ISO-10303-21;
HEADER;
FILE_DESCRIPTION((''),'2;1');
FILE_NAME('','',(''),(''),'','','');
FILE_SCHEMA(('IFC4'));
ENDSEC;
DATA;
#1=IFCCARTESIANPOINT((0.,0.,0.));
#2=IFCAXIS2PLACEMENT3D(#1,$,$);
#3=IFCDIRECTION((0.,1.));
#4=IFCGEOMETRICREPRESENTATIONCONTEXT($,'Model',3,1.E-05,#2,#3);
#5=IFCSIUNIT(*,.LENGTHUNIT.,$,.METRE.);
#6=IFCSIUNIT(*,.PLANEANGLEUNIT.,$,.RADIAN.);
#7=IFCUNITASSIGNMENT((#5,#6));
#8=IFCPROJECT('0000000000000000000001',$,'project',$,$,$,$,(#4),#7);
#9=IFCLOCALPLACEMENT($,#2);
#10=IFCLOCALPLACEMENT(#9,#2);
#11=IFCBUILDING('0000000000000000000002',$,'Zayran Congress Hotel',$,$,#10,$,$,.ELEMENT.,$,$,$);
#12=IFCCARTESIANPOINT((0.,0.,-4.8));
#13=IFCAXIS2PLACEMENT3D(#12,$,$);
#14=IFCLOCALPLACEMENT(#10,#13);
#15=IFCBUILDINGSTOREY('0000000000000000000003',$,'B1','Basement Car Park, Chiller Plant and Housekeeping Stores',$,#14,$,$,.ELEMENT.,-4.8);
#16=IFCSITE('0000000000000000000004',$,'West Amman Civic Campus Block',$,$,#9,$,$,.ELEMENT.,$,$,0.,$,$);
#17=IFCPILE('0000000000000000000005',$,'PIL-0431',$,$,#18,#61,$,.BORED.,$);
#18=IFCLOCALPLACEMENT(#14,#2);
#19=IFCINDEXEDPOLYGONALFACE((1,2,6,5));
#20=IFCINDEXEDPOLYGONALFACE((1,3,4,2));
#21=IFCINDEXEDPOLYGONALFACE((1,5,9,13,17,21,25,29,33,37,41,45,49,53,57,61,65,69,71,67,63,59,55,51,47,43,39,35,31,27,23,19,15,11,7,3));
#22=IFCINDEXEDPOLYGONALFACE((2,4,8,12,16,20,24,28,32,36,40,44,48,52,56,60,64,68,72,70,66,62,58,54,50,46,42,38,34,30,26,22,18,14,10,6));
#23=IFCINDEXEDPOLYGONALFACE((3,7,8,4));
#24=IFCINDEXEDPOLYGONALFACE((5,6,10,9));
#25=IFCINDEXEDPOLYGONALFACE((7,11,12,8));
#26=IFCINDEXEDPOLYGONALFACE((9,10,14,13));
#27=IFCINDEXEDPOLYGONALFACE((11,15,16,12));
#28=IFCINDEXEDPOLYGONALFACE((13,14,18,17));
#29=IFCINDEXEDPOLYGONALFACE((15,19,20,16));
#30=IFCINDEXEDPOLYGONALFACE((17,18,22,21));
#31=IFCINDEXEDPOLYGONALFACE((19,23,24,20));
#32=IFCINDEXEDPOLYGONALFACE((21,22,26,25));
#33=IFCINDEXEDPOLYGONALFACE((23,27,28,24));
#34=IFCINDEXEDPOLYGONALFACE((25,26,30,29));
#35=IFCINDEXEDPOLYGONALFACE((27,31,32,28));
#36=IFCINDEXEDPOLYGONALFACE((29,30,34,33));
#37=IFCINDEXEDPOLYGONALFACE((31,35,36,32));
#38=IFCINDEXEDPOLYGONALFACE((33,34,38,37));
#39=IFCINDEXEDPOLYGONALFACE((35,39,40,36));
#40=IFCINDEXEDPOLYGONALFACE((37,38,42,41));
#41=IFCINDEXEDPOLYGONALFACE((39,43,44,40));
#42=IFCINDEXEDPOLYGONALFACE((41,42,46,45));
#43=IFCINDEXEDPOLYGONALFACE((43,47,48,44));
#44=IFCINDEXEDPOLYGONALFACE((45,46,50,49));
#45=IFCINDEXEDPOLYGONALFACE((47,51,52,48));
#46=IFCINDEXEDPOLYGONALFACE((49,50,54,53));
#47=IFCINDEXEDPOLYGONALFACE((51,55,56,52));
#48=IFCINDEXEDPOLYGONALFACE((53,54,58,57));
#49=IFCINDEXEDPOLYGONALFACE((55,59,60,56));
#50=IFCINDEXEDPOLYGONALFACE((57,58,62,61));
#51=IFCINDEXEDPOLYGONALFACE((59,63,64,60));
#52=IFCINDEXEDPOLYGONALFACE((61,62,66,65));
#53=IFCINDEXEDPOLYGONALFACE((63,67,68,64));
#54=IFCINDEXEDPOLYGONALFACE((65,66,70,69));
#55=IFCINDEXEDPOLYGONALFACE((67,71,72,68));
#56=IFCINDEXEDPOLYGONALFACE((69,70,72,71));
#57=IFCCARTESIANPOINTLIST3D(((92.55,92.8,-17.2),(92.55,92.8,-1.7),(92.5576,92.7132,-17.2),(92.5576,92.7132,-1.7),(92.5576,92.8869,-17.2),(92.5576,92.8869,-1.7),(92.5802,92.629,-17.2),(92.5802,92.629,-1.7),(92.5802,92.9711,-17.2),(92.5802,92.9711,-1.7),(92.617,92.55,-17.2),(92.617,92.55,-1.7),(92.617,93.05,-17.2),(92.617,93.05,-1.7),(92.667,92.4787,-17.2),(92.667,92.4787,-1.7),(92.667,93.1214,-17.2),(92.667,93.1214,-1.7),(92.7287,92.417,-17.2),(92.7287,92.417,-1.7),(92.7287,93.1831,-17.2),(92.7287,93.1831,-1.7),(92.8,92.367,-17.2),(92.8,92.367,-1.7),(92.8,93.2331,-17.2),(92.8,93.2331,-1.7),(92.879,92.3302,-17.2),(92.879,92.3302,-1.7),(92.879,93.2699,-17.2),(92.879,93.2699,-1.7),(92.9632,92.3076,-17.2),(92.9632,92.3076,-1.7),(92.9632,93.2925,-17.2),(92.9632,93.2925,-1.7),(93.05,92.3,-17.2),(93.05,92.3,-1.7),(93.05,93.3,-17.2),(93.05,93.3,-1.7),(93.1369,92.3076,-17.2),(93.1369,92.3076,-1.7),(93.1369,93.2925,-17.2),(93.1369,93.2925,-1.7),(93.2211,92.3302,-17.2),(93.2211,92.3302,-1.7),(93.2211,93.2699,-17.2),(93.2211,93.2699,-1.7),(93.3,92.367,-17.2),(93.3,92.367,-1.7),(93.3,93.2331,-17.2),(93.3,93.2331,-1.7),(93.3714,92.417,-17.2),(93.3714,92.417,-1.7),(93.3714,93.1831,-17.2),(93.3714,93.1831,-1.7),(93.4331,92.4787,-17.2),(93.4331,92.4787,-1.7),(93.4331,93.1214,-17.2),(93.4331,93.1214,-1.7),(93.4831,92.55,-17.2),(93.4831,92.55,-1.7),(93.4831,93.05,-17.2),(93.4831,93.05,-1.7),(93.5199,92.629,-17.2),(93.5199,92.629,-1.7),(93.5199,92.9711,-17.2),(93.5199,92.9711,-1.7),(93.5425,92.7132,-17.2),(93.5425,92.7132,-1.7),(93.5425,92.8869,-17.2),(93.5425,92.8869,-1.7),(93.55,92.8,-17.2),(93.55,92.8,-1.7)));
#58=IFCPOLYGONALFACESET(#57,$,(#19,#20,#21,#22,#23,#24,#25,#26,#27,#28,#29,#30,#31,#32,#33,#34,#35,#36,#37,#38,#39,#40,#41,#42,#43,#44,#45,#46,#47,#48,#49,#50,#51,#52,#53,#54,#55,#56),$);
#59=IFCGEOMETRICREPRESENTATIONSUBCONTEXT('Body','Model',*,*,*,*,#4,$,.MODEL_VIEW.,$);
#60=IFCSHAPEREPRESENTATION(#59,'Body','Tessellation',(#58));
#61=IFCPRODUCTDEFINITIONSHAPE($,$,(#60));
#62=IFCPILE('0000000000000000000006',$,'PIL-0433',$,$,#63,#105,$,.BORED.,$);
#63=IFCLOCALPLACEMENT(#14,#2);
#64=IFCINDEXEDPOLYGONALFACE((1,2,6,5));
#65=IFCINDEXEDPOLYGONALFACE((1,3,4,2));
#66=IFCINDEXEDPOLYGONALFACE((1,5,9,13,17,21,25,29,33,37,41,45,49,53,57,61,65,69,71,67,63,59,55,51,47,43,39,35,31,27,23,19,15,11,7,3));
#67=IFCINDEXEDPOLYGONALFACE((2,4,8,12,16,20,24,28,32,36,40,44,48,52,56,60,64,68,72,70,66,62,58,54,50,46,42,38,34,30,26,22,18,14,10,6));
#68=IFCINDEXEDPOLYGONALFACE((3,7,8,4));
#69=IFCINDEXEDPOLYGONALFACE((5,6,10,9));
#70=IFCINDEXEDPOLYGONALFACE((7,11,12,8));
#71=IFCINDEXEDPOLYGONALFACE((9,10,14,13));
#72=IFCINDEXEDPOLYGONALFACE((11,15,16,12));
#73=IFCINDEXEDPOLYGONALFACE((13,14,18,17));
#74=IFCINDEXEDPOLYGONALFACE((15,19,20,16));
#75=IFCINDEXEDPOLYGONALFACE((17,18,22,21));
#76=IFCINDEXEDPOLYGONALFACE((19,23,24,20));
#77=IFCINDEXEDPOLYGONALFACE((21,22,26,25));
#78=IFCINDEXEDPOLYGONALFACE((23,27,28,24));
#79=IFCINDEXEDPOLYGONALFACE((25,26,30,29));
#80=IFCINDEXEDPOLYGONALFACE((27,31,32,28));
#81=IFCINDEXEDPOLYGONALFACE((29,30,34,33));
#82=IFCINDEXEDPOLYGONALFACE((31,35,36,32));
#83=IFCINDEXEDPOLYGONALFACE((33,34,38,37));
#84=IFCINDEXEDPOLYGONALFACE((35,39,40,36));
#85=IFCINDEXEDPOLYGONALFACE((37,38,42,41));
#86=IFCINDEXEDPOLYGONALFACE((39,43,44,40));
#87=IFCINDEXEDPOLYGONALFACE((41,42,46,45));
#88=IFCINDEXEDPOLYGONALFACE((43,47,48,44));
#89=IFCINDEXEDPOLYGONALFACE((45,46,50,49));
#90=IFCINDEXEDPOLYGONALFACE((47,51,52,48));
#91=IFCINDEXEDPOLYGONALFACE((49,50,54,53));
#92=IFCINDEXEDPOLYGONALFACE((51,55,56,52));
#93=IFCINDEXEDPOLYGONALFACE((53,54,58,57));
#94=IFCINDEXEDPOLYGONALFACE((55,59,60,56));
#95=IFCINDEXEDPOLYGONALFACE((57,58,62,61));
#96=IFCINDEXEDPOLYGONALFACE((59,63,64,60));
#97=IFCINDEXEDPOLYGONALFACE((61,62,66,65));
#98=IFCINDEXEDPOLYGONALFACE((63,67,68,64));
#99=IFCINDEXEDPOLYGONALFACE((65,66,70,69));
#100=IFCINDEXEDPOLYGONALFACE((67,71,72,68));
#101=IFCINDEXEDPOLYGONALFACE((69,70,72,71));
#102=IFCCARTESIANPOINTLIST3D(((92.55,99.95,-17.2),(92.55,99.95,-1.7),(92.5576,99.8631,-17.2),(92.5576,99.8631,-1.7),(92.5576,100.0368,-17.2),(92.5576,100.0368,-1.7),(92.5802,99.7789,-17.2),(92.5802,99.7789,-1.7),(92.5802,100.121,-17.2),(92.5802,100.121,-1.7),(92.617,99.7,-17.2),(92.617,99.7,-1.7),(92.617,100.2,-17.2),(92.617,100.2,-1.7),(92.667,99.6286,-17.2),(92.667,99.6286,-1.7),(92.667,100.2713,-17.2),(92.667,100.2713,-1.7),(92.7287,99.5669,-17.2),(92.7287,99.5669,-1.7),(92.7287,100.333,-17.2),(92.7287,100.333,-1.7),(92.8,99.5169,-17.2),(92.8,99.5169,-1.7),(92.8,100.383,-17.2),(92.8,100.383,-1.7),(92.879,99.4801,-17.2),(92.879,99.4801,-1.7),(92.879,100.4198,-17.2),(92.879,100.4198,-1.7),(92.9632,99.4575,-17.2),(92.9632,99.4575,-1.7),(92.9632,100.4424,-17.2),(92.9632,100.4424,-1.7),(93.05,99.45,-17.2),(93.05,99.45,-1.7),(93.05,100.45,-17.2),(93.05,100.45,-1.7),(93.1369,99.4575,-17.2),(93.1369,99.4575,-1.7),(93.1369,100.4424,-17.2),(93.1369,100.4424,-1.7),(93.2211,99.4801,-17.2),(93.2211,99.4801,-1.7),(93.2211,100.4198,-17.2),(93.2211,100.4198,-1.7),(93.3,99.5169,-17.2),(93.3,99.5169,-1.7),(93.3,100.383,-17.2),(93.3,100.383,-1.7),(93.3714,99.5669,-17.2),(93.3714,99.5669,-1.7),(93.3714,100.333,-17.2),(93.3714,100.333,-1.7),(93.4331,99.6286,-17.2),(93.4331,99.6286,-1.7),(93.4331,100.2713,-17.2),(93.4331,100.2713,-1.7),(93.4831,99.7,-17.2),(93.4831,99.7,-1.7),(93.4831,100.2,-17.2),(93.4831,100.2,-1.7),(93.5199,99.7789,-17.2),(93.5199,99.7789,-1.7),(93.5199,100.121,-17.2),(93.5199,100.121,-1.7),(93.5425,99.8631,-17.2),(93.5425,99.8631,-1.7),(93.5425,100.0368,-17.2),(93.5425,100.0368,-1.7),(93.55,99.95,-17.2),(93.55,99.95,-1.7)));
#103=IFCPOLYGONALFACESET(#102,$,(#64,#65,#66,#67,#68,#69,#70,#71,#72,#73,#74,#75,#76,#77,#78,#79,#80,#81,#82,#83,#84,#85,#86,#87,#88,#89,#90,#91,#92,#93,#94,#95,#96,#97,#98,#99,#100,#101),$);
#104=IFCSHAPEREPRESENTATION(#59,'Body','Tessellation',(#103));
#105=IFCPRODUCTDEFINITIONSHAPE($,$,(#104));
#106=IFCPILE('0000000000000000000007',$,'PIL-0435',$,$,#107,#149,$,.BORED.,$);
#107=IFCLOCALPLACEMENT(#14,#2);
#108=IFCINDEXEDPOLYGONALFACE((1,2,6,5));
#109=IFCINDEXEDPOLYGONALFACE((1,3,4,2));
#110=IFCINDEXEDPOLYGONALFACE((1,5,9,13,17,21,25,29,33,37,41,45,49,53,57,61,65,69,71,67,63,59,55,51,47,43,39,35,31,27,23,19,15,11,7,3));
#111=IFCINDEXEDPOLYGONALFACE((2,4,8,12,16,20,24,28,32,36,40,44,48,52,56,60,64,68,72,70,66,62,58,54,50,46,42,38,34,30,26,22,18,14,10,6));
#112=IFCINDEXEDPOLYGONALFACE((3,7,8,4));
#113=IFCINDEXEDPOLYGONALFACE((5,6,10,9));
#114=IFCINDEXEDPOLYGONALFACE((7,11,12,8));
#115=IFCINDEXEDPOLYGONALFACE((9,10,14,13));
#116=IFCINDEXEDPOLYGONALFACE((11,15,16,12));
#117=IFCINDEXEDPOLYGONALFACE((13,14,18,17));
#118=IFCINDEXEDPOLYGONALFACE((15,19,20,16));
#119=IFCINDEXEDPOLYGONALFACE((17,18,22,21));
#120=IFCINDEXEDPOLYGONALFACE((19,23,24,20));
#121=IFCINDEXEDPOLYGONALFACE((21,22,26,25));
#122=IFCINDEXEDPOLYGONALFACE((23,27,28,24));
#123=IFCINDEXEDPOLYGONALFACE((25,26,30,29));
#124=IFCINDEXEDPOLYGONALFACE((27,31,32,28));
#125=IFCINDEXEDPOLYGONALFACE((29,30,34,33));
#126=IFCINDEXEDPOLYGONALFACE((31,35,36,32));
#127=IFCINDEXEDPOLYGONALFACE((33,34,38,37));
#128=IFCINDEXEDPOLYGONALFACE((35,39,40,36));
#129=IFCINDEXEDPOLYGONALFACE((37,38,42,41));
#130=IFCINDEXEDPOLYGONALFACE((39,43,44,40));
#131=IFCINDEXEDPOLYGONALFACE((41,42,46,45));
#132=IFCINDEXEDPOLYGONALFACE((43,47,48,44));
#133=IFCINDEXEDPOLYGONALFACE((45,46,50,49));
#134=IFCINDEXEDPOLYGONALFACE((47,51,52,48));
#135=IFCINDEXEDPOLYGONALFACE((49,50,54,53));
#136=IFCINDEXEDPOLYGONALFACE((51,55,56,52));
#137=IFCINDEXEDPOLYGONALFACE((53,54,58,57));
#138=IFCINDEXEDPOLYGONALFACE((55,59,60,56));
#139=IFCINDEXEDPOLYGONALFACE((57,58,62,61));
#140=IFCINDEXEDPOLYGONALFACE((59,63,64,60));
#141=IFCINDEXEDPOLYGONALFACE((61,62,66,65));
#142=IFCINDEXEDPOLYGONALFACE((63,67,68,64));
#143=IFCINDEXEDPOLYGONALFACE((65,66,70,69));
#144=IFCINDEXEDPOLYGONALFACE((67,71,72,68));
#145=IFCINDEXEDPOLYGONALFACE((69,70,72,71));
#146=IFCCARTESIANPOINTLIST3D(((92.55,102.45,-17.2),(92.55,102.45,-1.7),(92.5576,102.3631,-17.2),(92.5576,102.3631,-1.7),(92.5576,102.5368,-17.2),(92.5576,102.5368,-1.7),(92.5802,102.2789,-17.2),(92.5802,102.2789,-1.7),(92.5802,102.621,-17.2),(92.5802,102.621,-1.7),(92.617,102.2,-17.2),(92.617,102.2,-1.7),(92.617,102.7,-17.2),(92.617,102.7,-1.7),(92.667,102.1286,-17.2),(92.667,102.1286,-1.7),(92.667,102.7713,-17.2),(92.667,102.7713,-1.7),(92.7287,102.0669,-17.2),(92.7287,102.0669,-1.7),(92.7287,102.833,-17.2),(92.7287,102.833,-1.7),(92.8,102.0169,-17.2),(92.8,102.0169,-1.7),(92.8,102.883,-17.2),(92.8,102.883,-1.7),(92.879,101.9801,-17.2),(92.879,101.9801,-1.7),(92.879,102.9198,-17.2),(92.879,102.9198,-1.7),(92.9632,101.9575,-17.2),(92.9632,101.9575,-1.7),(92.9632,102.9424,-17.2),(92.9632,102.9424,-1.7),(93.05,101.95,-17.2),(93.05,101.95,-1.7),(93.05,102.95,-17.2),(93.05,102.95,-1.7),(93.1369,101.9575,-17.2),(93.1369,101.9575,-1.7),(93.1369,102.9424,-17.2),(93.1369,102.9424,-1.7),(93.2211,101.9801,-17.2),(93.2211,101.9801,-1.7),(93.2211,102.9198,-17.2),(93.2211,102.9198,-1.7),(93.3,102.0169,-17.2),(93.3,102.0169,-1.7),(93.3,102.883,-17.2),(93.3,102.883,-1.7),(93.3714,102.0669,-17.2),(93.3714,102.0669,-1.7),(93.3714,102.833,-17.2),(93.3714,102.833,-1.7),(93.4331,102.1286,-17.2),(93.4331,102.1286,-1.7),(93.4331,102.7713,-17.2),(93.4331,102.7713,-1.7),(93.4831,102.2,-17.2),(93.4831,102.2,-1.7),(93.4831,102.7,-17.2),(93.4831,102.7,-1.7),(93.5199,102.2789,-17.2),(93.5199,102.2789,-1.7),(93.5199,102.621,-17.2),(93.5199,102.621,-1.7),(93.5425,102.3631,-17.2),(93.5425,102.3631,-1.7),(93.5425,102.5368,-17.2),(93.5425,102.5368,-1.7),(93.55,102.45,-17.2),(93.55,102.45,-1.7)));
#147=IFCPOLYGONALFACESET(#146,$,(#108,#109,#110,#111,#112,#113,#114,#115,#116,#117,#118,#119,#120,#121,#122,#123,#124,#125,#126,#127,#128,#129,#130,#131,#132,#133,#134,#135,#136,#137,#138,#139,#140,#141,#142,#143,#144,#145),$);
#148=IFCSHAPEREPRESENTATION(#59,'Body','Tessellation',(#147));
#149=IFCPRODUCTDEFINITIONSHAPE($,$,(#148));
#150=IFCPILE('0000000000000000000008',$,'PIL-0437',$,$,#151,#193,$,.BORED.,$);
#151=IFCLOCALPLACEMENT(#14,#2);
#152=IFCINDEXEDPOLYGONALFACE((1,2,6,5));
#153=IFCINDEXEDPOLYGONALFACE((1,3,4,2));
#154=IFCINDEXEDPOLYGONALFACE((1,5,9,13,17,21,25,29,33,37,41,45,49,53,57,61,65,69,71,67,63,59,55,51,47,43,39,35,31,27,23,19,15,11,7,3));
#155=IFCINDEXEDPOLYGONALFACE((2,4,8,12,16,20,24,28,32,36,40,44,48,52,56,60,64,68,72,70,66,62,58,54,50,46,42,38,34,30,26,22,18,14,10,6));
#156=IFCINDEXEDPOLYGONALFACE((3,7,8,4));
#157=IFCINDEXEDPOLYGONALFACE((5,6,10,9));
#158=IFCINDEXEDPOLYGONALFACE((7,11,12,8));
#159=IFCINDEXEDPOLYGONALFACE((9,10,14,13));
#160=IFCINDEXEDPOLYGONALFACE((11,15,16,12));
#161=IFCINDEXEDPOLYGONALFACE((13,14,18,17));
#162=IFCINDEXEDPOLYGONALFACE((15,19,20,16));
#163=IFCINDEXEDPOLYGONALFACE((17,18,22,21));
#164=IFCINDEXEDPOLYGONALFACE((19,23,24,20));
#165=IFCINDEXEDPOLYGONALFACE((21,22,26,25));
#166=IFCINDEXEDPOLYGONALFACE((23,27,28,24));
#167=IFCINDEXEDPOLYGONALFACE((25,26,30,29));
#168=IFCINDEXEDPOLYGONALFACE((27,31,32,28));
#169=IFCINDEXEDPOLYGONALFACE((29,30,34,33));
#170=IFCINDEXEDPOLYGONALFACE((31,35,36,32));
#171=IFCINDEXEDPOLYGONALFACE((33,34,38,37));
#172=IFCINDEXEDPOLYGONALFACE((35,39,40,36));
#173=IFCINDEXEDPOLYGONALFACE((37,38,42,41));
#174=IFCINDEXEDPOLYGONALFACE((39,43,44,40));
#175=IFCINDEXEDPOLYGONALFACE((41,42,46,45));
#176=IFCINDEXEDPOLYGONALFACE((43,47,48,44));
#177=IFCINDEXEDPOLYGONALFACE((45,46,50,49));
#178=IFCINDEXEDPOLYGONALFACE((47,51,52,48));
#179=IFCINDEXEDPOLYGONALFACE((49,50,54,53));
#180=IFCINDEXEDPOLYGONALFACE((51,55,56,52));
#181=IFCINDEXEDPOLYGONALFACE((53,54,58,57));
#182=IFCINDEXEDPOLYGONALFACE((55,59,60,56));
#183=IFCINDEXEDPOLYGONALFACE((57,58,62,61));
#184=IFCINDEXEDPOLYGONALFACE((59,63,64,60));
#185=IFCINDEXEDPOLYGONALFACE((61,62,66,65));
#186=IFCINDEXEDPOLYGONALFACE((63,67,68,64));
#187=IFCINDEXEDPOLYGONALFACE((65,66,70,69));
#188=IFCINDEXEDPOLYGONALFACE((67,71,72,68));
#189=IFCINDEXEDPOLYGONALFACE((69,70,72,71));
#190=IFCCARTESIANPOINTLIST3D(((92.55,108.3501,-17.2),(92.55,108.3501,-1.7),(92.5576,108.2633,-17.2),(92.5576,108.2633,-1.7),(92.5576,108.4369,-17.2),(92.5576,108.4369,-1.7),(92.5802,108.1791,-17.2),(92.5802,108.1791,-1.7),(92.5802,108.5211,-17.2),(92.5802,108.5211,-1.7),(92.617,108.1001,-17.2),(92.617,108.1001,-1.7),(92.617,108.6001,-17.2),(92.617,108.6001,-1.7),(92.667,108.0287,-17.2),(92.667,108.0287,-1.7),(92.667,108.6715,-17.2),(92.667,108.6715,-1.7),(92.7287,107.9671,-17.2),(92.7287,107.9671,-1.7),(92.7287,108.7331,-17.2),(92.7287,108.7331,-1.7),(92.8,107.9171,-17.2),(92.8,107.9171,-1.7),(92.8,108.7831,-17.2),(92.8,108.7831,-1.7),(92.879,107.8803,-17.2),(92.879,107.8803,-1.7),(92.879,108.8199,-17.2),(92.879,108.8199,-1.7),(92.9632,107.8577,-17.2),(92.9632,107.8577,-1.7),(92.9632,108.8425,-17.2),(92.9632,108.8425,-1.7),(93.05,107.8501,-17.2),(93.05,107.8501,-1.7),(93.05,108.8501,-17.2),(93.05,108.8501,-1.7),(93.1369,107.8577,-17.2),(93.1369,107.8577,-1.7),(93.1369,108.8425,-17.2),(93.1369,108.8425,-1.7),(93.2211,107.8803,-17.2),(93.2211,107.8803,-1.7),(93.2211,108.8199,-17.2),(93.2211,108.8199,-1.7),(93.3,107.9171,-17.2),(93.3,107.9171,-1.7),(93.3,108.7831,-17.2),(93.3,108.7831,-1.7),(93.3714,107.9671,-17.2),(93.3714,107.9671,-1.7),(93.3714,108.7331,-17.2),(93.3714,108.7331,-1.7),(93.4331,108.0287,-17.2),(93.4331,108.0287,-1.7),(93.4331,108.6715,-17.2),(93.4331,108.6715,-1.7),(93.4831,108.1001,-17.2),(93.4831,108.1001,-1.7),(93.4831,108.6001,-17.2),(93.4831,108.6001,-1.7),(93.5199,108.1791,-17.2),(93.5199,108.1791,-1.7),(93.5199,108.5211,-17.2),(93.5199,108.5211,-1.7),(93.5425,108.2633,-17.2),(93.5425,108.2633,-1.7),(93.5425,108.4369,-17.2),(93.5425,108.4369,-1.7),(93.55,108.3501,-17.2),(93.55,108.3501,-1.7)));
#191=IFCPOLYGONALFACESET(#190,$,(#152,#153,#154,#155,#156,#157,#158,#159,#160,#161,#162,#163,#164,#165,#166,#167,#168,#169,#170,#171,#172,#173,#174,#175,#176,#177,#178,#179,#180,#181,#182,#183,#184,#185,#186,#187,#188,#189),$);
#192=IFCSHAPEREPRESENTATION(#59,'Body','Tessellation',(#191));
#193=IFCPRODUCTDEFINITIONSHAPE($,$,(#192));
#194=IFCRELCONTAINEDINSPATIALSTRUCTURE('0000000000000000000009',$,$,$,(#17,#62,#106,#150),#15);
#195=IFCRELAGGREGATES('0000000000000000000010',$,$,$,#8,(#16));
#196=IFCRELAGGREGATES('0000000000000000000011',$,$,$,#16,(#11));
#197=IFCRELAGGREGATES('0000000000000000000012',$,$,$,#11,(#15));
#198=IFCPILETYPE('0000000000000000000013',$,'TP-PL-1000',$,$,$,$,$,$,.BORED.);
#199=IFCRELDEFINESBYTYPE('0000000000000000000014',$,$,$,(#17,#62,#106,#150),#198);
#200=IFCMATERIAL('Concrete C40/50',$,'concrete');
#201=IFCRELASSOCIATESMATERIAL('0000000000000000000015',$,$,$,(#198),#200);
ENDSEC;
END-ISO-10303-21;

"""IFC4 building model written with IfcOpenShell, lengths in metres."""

from ifc_helpers import new_model, si_unit, direction, frame, origin, origin_2d, place, context, subcontext, project, spatial, circle, extrude, material, material_profile, profile_set, type_object, element, save


model = new_model("IFC4")

# Units and contexts
model_context = context("Model", 3, precision=1e-05, world=origin(), true_north=direction((0.0, 1.0)))
body_context = subcontext(model_context, "Body", "Model", "MODEL_VIEW")
ifc_project = project(units=[si_unit("LENGTHUNIT", "METRE"), si_unit("PLANEANGLEUNIT", "RADIAN")], contexts=[model_context])

# Site, building, storey
site_placement = place(None, origin())
site = spatial("IfcSite", under=ifc_project, at=site_placement, Name="West Amman Civic Campus Block", CompositionType="ELEMENT", RefElevation=0.0)
building_placement = place(site_placement, origin())
building = spatial("IfcBuilding", under=site, at=building_placement, Name="Zayran Congress Hotel", CompositionType="ELEMENT")
storey_placement = place(building_placement, frame((0.0, 0.0, -4.8)))
storey = spatial("IfcBuildingStorey", under=building, at=storey_placement, Name="B1", Description="Basement Car Park, Chiller Plant and Housekeeping Stores", CompositionType="ELEMENT", Elevation=-4.8)

# Piles
ifc_material_1 = material(Name="Concrete C40/50", Category="concrete")
ifc_material_profile_1 = material_profile(ifc_material_1, circle(Radius=0.5, at=origin_2d()), Name="PILE D1000")
ifc_profile_set_1 = profile_set([ifc_material_profile_1], Name="Concrete C40/50")
pile_type = type_object("IfcPileType", Name="TP-PL-1000", PredefinedType="BORED", material=ifc_profile_set_1)
for number, where, z_axis, x_axis, name in (
    (1, (93.05, 92.8, -1.7), (0.0, 0.0, -1.0), (1.0, 0.0, 0.0), "PIL-0431"),
    (2, (93.05, 99.95, -1.7), (0.0, 0.0, -1.0), (1.0, 0.0, 0.0), "PIL-0433"),
    (3, (93.05, 102.45, -1.7), (0.0, 0.0, -1.0), (1.0, 0.0, 0.0), "PIL-0435"),
    (4, (93.05, 108.3501, -1.7), (0.0, 0.0, -1.0), (1.0, 0.0, 0.0), "PIL-0437"),
):
    element("IfcPile", number, at=place(storey_placement, frame(where, z_axis=z_axis, x_axis=x_axis)), inside=storey, type_object=pile_type, Name=name, PredefinedType="BORED", context=body_context, shape_type="SweptSolid", body=[
        extrude(circle(Radius=0.5, at=origin_2d()), origin(), (0.0, 0.0, 1.0), 15.5),
    ])

save(model, "model.ifc")
